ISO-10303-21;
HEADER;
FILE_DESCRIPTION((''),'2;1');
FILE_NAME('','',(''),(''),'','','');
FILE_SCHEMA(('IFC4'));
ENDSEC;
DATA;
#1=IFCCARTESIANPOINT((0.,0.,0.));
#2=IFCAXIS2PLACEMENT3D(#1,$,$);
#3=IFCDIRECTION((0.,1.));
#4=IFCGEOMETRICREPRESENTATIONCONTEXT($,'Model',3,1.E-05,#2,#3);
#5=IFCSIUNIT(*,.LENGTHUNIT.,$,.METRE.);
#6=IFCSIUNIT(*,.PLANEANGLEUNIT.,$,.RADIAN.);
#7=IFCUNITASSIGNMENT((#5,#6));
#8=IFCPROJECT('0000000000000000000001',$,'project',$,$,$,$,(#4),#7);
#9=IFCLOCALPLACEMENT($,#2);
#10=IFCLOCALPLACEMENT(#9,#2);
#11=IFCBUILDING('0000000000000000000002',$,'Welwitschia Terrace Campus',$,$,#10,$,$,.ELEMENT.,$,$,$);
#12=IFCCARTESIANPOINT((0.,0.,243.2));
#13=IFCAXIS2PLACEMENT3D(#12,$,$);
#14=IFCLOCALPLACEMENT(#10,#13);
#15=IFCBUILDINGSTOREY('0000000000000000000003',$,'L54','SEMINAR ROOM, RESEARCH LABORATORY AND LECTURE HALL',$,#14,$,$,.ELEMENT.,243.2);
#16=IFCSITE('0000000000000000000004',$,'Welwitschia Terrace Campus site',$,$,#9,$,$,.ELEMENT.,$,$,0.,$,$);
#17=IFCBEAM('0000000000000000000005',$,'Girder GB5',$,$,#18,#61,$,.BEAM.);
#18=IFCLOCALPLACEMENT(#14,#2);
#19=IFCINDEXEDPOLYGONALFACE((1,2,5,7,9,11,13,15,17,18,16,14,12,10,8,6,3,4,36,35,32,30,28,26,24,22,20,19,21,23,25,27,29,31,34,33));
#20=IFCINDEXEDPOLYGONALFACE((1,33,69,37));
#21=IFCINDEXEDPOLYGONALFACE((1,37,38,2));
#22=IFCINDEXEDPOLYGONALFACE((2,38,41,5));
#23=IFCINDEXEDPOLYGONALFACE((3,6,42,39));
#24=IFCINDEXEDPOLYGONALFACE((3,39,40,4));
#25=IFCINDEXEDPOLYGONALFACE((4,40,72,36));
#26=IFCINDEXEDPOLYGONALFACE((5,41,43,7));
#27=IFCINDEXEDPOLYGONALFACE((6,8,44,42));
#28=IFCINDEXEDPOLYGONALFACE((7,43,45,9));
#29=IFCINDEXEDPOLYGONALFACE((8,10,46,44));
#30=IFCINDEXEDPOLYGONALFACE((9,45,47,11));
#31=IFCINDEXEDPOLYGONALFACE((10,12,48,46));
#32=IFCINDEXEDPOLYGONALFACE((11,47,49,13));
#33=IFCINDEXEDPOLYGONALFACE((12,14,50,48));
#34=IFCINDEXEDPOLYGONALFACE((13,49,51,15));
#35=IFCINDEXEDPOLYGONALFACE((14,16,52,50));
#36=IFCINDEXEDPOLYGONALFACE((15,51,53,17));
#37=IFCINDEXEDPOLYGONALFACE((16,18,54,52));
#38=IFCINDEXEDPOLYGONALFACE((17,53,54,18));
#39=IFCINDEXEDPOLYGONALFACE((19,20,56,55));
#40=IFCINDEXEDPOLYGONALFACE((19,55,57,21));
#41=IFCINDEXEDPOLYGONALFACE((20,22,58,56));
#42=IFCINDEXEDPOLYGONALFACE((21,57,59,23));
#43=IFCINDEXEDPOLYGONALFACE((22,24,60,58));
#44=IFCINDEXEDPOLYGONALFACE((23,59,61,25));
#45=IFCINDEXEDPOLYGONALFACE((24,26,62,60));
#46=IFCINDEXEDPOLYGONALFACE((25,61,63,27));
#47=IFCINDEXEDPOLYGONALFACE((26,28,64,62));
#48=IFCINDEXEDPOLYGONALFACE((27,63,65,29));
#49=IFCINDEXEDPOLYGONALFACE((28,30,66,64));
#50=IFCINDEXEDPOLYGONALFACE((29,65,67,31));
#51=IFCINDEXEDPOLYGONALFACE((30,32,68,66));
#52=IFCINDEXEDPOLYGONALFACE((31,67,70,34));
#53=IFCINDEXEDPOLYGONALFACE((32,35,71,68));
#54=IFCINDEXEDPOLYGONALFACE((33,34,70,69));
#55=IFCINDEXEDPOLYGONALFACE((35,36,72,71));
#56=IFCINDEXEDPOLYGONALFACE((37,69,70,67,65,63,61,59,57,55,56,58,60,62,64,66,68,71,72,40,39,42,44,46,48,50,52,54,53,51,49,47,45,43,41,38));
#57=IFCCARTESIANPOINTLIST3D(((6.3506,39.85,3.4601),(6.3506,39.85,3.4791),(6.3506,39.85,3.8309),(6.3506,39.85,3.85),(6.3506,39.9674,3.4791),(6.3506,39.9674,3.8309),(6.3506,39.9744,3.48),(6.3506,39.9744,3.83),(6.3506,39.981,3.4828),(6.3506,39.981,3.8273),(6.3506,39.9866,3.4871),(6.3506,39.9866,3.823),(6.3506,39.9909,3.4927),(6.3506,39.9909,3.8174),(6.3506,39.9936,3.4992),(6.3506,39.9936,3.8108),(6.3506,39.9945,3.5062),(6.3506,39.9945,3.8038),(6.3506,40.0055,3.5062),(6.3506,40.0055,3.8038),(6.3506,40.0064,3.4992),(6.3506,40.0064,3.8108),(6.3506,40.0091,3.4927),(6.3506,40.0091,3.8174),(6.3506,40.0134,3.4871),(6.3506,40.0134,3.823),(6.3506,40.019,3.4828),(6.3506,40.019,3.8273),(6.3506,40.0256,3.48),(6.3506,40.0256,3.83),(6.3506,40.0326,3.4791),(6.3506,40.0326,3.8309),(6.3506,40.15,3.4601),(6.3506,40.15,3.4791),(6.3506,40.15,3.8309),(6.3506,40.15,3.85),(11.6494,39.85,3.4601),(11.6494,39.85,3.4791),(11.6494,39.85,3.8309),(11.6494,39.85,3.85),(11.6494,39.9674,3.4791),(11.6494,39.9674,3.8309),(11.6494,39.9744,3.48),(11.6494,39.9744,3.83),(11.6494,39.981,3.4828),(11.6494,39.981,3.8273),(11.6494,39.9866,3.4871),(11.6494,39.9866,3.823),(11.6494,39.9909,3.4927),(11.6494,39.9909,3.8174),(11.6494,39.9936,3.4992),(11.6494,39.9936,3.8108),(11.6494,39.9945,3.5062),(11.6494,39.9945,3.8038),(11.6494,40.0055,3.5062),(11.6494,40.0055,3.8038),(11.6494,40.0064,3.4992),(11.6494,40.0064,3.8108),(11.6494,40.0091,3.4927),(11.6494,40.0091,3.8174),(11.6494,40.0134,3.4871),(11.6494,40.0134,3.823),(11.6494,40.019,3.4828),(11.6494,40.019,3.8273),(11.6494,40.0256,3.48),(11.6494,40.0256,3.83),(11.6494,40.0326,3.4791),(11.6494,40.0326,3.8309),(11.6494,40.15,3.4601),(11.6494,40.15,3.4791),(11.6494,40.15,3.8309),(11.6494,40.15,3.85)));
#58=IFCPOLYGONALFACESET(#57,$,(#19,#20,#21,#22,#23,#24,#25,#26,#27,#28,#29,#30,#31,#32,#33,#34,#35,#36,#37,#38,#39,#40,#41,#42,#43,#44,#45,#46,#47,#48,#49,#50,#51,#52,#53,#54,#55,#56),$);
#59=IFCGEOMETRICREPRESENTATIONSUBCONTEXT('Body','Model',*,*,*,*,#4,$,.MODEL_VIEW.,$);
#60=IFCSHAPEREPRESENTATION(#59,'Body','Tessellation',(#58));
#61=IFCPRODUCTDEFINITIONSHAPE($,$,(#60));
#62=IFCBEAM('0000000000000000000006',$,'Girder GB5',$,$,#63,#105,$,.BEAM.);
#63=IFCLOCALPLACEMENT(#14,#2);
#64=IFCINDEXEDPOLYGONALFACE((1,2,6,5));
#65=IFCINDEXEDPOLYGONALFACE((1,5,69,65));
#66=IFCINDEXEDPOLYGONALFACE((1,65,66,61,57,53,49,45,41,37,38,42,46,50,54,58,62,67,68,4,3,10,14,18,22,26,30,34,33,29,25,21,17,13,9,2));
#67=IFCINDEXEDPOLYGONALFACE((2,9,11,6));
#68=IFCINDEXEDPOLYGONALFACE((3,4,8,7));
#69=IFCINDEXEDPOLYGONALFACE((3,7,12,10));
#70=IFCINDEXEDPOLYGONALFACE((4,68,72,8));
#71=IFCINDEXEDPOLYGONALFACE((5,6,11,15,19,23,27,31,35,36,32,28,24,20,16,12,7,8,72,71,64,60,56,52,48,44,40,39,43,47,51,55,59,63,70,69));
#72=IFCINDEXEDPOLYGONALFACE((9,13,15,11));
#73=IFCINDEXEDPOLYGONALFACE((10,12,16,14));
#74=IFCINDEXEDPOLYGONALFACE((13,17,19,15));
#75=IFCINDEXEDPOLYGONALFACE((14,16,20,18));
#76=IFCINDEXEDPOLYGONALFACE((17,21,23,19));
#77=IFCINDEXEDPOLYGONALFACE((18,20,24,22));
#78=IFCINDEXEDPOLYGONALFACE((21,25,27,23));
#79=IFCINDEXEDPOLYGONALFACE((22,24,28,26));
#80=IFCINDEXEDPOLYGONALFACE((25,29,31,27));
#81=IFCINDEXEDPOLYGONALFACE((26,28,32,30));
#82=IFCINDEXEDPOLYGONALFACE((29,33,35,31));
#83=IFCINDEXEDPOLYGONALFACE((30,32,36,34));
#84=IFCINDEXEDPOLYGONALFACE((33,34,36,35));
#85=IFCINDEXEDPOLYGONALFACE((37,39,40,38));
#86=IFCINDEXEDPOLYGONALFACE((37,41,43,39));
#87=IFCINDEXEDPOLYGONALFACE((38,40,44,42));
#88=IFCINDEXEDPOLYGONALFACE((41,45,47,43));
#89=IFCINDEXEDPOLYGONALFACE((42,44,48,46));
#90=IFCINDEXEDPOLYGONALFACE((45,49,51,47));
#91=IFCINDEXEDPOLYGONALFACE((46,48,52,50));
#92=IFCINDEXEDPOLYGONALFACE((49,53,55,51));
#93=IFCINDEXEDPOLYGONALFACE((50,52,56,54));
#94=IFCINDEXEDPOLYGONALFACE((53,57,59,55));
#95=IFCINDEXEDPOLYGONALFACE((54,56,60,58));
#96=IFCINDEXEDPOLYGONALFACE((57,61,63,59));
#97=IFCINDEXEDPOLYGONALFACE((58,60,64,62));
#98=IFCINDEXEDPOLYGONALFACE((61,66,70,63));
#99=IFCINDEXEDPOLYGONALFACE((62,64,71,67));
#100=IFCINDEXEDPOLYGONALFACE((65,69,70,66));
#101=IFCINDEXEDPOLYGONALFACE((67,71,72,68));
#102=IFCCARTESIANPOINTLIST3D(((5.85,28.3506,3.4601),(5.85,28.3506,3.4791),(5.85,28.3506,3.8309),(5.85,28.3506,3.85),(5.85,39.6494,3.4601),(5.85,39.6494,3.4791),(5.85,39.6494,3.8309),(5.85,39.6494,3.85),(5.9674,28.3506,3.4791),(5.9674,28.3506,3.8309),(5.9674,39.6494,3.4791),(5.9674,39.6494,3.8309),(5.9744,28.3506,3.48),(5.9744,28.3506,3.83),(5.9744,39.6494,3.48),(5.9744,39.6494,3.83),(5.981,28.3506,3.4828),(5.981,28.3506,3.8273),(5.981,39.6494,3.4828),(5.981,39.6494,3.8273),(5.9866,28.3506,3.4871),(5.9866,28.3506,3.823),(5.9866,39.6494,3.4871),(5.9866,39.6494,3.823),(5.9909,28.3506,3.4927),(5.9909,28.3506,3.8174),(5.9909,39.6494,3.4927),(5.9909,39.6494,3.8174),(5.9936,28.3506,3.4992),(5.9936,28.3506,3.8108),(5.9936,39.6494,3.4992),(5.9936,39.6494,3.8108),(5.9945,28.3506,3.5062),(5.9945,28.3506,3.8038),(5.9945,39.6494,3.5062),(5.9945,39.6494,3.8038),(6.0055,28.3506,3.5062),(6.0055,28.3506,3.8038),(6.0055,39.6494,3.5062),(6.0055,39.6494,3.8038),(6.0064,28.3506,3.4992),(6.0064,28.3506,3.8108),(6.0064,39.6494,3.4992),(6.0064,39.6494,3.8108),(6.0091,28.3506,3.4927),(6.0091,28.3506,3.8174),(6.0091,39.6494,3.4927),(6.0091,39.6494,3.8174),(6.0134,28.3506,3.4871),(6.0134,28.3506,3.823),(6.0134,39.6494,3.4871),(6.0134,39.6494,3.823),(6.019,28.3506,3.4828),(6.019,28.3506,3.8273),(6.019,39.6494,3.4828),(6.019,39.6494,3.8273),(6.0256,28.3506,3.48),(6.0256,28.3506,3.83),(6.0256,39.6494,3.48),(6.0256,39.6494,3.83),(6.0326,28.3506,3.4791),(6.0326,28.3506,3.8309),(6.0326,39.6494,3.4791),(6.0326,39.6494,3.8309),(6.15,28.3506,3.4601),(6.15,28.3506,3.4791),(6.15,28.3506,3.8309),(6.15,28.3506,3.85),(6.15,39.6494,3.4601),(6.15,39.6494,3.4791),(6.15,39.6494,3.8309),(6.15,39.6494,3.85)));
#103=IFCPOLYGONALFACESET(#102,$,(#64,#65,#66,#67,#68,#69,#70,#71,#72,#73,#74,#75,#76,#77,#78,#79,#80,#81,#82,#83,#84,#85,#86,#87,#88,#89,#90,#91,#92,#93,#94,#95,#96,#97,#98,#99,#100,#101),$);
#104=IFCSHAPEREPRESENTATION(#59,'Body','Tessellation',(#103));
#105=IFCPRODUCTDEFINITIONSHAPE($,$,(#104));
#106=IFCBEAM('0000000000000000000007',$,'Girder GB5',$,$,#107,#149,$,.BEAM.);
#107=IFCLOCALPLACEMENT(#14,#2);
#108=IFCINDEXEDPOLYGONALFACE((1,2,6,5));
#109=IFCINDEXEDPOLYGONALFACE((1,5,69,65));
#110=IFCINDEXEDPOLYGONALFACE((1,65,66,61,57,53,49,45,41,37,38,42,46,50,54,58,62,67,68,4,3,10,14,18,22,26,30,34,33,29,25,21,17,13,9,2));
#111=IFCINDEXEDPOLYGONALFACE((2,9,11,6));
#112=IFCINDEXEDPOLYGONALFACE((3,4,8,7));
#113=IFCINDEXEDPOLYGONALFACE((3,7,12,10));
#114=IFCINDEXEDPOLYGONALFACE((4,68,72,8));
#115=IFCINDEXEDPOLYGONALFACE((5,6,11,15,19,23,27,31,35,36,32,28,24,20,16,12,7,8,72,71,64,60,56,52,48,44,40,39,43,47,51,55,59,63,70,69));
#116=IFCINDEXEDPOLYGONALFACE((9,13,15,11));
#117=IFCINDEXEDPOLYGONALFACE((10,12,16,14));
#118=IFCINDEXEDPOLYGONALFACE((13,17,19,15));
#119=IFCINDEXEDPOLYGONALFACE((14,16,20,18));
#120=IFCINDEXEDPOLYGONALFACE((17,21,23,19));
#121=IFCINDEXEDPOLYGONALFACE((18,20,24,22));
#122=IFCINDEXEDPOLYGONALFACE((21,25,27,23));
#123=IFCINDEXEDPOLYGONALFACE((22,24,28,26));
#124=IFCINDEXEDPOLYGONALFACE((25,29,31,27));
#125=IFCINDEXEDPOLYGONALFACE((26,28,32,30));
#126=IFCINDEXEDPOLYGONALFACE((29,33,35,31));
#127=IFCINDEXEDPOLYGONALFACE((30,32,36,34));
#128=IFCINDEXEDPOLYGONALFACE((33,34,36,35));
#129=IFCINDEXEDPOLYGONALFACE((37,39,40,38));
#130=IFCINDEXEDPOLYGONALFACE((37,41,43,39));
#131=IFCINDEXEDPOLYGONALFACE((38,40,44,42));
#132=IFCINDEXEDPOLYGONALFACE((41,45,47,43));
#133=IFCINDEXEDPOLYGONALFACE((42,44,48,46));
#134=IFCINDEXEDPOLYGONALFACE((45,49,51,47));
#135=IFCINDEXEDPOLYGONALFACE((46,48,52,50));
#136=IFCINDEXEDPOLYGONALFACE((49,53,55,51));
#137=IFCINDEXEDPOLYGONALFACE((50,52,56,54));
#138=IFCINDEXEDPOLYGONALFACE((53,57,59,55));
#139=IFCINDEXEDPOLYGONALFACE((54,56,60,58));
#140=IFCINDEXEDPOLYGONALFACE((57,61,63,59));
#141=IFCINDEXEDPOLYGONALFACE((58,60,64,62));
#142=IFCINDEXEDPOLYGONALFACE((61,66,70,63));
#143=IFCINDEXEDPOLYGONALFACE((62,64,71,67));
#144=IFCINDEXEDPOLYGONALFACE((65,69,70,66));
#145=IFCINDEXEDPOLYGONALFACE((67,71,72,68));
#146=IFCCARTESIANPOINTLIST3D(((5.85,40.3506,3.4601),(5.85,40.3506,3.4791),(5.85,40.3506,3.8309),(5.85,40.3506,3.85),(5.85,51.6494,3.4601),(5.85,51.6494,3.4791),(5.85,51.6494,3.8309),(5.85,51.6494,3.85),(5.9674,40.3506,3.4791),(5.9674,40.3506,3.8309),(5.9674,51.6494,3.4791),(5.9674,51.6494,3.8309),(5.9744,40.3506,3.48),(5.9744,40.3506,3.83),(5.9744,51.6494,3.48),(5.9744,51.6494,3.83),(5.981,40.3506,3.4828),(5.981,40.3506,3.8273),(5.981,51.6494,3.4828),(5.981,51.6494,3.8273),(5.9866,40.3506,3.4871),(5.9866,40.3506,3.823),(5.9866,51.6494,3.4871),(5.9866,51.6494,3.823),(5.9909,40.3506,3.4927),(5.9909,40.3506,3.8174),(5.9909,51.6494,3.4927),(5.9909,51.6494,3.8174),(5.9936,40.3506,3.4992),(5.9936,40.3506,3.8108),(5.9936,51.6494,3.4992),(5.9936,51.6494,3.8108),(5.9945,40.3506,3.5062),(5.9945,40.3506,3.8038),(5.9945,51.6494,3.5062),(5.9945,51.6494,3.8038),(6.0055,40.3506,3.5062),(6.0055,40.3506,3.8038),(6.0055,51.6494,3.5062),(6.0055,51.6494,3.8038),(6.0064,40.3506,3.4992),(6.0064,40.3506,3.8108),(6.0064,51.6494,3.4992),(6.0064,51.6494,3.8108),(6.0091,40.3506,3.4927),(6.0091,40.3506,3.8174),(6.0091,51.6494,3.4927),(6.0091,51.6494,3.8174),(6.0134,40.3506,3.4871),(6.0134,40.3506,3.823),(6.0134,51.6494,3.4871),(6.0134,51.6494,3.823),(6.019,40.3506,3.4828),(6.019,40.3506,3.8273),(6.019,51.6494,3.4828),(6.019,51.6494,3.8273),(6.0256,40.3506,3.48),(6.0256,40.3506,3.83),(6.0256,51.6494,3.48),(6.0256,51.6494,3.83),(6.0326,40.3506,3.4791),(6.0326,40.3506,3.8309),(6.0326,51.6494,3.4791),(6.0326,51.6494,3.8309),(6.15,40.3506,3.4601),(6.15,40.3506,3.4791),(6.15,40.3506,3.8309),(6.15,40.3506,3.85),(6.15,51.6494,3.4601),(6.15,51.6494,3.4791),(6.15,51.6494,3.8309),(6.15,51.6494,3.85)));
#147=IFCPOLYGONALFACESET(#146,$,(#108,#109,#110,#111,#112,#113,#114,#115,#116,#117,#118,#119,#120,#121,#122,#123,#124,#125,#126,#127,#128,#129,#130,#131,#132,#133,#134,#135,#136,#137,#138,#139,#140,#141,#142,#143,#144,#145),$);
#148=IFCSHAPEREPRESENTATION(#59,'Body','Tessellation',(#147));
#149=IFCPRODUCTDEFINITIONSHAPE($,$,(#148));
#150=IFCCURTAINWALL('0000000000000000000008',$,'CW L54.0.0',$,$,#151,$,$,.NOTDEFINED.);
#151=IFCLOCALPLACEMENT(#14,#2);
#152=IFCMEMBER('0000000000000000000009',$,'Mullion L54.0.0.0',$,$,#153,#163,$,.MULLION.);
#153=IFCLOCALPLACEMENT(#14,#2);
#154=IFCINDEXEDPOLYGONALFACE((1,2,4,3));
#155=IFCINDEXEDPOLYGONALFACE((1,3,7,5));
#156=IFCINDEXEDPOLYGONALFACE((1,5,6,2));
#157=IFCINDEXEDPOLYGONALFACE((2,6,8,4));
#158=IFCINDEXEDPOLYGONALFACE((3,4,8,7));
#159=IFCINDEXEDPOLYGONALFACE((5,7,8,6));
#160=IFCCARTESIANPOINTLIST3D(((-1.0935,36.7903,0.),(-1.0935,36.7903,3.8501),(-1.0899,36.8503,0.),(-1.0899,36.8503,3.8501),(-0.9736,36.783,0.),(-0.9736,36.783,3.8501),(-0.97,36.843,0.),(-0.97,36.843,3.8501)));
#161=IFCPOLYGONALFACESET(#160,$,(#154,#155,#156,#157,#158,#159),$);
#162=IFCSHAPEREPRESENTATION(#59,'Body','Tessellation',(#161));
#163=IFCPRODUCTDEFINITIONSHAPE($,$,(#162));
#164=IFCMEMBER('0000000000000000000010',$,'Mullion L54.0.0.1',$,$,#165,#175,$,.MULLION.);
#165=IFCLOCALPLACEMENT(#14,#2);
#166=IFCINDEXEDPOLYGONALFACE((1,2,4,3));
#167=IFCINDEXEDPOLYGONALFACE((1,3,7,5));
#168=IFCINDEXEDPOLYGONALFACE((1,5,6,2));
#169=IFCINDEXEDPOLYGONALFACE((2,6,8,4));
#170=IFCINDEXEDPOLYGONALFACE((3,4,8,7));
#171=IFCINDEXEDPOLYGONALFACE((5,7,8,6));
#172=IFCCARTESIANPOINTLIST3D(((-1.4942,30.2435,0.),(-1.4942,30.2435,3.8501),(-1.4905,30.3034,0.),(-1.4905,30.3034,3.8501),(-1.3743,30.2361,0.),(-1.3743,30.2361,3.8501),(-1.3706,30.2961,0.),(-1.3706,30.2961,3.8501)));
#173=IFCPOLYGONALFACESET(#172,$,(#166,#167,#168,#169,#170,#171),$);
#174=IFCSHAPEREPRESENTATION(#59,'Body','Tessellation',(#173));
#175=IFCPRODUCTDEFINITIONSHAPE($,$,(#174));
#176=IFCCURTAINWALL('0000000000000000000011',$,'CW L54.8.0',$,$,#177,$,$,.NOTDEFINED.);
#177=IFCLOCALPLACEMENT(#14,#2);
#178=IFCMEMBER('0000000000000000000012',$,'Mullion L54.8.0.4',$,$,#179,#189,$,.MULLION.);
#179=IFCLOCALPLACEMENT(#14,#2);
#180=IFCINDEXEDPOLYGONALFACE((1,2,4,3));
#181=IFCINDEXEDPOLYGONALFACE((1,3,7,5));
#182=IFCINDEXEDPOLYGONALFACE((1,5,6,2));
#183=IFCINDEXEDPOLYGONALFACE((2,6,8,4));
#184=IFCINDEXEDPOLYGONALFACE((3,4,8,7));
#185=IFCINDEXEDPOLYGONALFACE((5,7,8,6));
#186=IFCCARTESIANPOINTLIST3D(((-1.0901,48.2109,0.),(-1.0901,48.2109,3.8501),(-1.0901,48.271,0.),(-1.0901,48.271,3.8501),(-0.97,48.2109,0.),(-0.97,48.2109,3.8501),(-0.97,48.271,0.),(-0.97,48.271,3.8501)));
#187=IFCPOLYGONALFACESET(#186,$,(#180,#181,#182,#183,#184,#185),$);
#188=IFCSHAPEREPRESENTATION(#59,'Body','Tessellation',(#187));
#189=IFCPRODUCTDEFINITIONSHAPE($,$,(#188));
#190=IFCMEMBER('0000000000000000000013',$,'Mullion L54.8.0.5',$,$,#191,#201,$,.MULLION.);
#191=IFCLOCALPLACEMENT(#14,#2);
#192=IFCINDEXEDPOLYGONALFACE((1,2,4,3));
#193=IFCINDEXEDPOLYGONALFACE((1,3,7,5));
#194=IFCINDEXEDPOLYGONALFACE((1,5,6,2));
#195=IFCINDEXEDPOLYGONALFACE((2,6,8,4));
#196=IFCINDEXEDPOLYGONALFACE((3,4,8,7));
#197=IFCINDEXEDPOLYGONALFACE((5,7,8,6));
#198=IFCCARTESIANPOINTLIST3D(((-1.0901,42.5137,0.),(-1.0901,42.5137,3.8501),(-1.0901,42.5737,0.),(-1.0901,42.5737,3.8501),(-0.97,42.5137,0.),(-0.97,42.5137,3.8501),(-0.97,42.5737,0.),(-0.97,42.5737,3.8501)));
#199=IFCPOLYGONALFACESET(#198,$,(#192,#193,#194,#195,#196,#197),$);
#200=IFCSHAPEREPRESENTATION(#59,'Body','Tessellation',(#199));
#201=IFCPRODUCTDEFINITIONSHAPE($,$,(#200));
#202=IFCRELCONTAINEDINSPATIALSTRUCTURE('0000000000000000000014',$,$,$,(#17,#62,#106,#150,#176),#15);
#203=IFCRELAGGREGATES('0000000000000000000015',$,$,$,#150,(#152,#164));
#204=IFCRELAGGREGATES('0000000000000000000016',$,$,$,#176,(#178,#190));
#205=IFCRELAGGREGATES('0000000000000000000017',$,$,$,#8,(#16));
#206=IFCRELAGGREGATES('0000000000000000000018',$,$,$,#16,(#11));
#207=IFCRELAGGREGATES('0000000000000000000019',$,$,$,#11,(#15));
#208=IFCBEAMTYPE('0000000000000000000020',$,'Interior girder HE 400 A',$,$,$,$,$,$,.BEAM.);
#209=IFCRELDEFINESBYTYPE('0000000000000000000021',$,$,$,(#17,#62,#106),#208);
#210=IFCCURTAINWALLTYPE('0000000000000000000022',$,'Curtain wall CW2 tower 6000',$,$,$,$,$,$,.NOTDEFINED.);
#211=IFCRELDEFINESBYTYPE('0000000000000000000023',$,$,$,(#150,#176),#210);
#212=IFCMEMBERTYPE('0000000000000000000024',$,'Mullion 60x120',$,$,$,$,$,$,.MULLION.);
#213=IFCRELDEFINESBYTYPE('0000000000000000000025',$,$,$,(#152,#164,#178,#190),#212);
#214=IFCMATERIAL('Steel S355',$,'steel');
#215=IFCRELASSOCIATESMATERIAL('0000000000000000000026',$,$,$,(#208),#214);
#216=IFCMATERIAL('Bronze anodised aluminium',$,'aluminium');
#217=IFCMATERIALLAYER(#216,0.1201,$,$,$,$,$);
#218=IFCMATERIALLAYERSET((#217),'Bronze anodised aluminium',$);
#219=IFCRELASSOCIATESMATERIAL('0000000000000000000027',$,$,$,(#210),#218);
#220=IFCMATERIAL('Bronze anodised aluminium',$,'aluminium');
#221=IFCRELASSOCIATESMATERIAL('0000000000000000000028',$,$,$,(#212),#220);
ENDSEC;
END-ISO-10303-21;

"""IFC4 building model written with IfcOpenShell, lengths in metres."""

from ifc_helpers import new_model, si_unit, direction, frame, origin, origin_2d, place, context, subcontext, project, spatial, rectangle, i_section, extrude, material, layer, layer_set, material_profile, profile_set, type_object, element, aggregate, save


model = new_model("IFC4")

# Units and contexts
model_context = context("Model", 3, precision=1e-05, world=origin(), true_north=direction((0.0, 1.0)))
body_context = subcontext(model_context, "Body", "Model", "MODEL_VIEW")
ifc_project = project(units=[si_unit("LENGTHUNIT", "METRE"), si_unit("PLANEANGLEUNIT", "RADIAN")], contexts=[model_context])

# Site, building, storey
site_placement = place(None, origin())
site = spatial("IfcSite", under=ifc_project, at=site_placement, Name="Welwitschia Terrace Campus site", CompositionType="ELEMENT", RefElevation=0.0)
building_placement = place(site_placement, origin())
building = spatial("IfcBuilding", under=site, at=building_placement, Name="Welwitschia Terrace Campus", CompositionType="ELEMENT")
storey_placement = place(building_placement, frame((0.0, 0.0, 243.2)))
storey = spatial("IfcBuildingStorey", under=building, at=storey_placement, Name="L54", Description="SEMINAR ROOM, RESEARCH LABORATORY AND LECTURE HALL", CompositionType="ELEMENT", Elevation=243.2)

# Beams
ifc_material_1 = material(Name="Steel S355", Category="steel")
ifc_material_profile_1 = material_profile(ifc_material_1, i_section(OverallWidth=0.3, OverallDepth=0.3899, WebThickness=0.011, FlangeThickness=0.019, FilletRadius=0.0271, at=origin_2d()))
ifc_profile_set_1 = profile_set([ifc_material_profile_1], Name="Steel S355")
beam_type_1 = type_object("IfcBeamType", Name="Interior girder HE 400 A", PredefinedType="BEAM", material=ifc_profile_set_1)
beam_placement = place(storey_placement, frame((6.3506, 40.0, 3.655), z_axis=(1.0, 0.0, 0.0), x_axis=(0.0, 1.0, 0.0)))
element("IfcBeam", 1, at=beam_placement, inside=storey, type_object=beam_type_1, Name="Girder GB5", PredefinedType="BEAM", context=body_context, shape_type="SweptSolid", body=[
    extrude(i_section(OverallWidth=0.3, OverallDepth=0.3899, WebThickness=0.011, FlangeThickness=0.019, FilletRadius=0.0271, at=origin_2d()), origin(), (0.0, 0.0, 1.0), 5.2988),
])
for number, where, z_axis, x_axis, name in (
    (2, (6.0, 28.3506, 3.655), (0.0, 1.0, 0.0), (-1.0, 0.0, 0.0), "Girder GB5"),
    (3, (6.0, 40.3506, 3.655), (0.0, 1.0, 0.0), (-1.0, 0.0, 0.0), "Girder GB5"),
):
    element("IfcBeam", number, at=place(storey_placement, frame(where, z_axis=z_axis, x_axis=x_axis)), inside=storey, type_object=beam_type_1, Name=name, PredefinedType="BEAM", context=body_context, shape_type="SweptSolid", body=[
        extrude(i_section(OverallWidth=0.3, OverallDepth=0.3899, WebThickness=0.011, FlangeThickness=0.019, FilletRadius=0.0271, at=origin_2d()), origin(), (0.0, 0.0, 1.0), 11.2988),
    ])

# Curtain walls, members
ifc_material_2 = material(Name="Bronze anodised aluminium", Category="aluminium")
ifc_layer_1 = layer(ifc_material_2, 0.1201)
ifc_layer_set_1 = layer_set([ifc_layer_1], Name="Bronze anodised aluminium")
curtain_wall_type = type_object("IfcCurtainWallType", Name="Curtain wall CW2 tower 6000", PredefinedType="NOTDEFINED", material=ifc_layer_set_1)
curtain_wall_1_placement = place(storey_placement, origin())
curtain_wall_1 = element("IfcCurtainWall", 4, at=curtain_wall_1_placement, inside=storey, type_object=curtain_wall_type, Name="CW L54.0.0", PredefinedType="NOTDEFINED")
ifc_material_3 = material(Name="Bronze anodised aluminium", Category="aluminium")
ifc_material_profile_2 = material_profile(ifc_material_3, rectangle(XDim=0.1201, YDim=0.0601, at=origin_2d()))
ifc_profile_set_2 = profile_set([ifc_material_profile_2], Name="Bronze anodised aluminium")
member_type_1 = type_object("IfcMemberType", Name="Mullion 60x120", PredefinedType="MULLION", material=ifc_profile_set_2)
member_1_placement = place(storey_placement, frame((-1.0317, 36.8167, 0.0), z_axis=(0.0, 0.0, 1.0), x_axis=(0.998135, -0.061049, 0.0)))
member_1 = element("IfcMember", 5, at=member_1_placement, type_object=member_type_1, Name="Mullion L54.0.0.0", PredefinedType="MULLION", context=body_context, shape_type="SweptSolid", body=[
    extrude(rectangle(XDim=0.1201, YDim=0.0601, at=origin_2d()), origin(), (0.0, 0.0, 1.0), 3.8501),
])
member_2_placement = place(storey_placement, frame((-1.4324, 30.2698, 0.0), z_axis=(0.0, 0.0, 1.0), x_axis=(0.998135, -0.061049, 0.0)))
member_2 = element("IfcMember", 6, at=member_2_placement, type_object=member_type_1, Name="Mullion L54.0.0.1", PredefinedType="MULLION", context=body_context, shape_type="SweptSolid", body=[
    extrude(rectangle(XDim=0.1201, YDim=0.0601, at=origin_2d()), origin(), (0.0, 0.0, 1.0), 3.8501),
])
curtain_wall_2_placement = place(storey_placement, origin())
curtain_wall_2 = element("IfcCurtainWall", 7, at=curtain_wall_2_placement, inside=storey, type_object=curtain_wall_type, Name="CW L54.8.0", PredefinedType="NOTDEFINED")
member_3_placement = place(storey_placement, frame((-1.03, 48.241, 0.0), z_axis=(0.0, 0.0, 1.0), x_axis=(1.0, 0.0, 0.0)))
member_3 = element("IfcMember", 8, at=member_3_placement, type_object=member_type_1, Name="Mullion L54.8.0.4", PredefinedType="MULLION", context=body_context, shape_type="SweptSolid", body=[
    extrude(rectangle(XDim=0.1201, YDim=0.0601, at=origin_2d()), origin(), (0.0, 0.0, 1.0), 3.8501),
])
member_4_placement = place(storey_placement, frame((-1.03, 42.5437, 0.0), z_axis=(0.0, 0.0, 1.0), x_axis=(1.0, 0.0, 0.0)))
member_4 = element("IfcMember", 9, at=member_4_placement, type_object=member_type_1, Name="Mullion L54.8.0.5", PredefinedType="MULLION", context=body_context, shape_type="SweptSolid", body=[
    extrude(rectangle(XDim=0.1201, YDim=0.0601, at=origin_2d()), origin(), (0.0, 0.0, 1.0), 3.8501),
])

aggregate(curtain_wall_1, [member_1, member_2])
aggregate(curtain_wall_2, [member_3, member_4])

save(model, "model.ifc")
